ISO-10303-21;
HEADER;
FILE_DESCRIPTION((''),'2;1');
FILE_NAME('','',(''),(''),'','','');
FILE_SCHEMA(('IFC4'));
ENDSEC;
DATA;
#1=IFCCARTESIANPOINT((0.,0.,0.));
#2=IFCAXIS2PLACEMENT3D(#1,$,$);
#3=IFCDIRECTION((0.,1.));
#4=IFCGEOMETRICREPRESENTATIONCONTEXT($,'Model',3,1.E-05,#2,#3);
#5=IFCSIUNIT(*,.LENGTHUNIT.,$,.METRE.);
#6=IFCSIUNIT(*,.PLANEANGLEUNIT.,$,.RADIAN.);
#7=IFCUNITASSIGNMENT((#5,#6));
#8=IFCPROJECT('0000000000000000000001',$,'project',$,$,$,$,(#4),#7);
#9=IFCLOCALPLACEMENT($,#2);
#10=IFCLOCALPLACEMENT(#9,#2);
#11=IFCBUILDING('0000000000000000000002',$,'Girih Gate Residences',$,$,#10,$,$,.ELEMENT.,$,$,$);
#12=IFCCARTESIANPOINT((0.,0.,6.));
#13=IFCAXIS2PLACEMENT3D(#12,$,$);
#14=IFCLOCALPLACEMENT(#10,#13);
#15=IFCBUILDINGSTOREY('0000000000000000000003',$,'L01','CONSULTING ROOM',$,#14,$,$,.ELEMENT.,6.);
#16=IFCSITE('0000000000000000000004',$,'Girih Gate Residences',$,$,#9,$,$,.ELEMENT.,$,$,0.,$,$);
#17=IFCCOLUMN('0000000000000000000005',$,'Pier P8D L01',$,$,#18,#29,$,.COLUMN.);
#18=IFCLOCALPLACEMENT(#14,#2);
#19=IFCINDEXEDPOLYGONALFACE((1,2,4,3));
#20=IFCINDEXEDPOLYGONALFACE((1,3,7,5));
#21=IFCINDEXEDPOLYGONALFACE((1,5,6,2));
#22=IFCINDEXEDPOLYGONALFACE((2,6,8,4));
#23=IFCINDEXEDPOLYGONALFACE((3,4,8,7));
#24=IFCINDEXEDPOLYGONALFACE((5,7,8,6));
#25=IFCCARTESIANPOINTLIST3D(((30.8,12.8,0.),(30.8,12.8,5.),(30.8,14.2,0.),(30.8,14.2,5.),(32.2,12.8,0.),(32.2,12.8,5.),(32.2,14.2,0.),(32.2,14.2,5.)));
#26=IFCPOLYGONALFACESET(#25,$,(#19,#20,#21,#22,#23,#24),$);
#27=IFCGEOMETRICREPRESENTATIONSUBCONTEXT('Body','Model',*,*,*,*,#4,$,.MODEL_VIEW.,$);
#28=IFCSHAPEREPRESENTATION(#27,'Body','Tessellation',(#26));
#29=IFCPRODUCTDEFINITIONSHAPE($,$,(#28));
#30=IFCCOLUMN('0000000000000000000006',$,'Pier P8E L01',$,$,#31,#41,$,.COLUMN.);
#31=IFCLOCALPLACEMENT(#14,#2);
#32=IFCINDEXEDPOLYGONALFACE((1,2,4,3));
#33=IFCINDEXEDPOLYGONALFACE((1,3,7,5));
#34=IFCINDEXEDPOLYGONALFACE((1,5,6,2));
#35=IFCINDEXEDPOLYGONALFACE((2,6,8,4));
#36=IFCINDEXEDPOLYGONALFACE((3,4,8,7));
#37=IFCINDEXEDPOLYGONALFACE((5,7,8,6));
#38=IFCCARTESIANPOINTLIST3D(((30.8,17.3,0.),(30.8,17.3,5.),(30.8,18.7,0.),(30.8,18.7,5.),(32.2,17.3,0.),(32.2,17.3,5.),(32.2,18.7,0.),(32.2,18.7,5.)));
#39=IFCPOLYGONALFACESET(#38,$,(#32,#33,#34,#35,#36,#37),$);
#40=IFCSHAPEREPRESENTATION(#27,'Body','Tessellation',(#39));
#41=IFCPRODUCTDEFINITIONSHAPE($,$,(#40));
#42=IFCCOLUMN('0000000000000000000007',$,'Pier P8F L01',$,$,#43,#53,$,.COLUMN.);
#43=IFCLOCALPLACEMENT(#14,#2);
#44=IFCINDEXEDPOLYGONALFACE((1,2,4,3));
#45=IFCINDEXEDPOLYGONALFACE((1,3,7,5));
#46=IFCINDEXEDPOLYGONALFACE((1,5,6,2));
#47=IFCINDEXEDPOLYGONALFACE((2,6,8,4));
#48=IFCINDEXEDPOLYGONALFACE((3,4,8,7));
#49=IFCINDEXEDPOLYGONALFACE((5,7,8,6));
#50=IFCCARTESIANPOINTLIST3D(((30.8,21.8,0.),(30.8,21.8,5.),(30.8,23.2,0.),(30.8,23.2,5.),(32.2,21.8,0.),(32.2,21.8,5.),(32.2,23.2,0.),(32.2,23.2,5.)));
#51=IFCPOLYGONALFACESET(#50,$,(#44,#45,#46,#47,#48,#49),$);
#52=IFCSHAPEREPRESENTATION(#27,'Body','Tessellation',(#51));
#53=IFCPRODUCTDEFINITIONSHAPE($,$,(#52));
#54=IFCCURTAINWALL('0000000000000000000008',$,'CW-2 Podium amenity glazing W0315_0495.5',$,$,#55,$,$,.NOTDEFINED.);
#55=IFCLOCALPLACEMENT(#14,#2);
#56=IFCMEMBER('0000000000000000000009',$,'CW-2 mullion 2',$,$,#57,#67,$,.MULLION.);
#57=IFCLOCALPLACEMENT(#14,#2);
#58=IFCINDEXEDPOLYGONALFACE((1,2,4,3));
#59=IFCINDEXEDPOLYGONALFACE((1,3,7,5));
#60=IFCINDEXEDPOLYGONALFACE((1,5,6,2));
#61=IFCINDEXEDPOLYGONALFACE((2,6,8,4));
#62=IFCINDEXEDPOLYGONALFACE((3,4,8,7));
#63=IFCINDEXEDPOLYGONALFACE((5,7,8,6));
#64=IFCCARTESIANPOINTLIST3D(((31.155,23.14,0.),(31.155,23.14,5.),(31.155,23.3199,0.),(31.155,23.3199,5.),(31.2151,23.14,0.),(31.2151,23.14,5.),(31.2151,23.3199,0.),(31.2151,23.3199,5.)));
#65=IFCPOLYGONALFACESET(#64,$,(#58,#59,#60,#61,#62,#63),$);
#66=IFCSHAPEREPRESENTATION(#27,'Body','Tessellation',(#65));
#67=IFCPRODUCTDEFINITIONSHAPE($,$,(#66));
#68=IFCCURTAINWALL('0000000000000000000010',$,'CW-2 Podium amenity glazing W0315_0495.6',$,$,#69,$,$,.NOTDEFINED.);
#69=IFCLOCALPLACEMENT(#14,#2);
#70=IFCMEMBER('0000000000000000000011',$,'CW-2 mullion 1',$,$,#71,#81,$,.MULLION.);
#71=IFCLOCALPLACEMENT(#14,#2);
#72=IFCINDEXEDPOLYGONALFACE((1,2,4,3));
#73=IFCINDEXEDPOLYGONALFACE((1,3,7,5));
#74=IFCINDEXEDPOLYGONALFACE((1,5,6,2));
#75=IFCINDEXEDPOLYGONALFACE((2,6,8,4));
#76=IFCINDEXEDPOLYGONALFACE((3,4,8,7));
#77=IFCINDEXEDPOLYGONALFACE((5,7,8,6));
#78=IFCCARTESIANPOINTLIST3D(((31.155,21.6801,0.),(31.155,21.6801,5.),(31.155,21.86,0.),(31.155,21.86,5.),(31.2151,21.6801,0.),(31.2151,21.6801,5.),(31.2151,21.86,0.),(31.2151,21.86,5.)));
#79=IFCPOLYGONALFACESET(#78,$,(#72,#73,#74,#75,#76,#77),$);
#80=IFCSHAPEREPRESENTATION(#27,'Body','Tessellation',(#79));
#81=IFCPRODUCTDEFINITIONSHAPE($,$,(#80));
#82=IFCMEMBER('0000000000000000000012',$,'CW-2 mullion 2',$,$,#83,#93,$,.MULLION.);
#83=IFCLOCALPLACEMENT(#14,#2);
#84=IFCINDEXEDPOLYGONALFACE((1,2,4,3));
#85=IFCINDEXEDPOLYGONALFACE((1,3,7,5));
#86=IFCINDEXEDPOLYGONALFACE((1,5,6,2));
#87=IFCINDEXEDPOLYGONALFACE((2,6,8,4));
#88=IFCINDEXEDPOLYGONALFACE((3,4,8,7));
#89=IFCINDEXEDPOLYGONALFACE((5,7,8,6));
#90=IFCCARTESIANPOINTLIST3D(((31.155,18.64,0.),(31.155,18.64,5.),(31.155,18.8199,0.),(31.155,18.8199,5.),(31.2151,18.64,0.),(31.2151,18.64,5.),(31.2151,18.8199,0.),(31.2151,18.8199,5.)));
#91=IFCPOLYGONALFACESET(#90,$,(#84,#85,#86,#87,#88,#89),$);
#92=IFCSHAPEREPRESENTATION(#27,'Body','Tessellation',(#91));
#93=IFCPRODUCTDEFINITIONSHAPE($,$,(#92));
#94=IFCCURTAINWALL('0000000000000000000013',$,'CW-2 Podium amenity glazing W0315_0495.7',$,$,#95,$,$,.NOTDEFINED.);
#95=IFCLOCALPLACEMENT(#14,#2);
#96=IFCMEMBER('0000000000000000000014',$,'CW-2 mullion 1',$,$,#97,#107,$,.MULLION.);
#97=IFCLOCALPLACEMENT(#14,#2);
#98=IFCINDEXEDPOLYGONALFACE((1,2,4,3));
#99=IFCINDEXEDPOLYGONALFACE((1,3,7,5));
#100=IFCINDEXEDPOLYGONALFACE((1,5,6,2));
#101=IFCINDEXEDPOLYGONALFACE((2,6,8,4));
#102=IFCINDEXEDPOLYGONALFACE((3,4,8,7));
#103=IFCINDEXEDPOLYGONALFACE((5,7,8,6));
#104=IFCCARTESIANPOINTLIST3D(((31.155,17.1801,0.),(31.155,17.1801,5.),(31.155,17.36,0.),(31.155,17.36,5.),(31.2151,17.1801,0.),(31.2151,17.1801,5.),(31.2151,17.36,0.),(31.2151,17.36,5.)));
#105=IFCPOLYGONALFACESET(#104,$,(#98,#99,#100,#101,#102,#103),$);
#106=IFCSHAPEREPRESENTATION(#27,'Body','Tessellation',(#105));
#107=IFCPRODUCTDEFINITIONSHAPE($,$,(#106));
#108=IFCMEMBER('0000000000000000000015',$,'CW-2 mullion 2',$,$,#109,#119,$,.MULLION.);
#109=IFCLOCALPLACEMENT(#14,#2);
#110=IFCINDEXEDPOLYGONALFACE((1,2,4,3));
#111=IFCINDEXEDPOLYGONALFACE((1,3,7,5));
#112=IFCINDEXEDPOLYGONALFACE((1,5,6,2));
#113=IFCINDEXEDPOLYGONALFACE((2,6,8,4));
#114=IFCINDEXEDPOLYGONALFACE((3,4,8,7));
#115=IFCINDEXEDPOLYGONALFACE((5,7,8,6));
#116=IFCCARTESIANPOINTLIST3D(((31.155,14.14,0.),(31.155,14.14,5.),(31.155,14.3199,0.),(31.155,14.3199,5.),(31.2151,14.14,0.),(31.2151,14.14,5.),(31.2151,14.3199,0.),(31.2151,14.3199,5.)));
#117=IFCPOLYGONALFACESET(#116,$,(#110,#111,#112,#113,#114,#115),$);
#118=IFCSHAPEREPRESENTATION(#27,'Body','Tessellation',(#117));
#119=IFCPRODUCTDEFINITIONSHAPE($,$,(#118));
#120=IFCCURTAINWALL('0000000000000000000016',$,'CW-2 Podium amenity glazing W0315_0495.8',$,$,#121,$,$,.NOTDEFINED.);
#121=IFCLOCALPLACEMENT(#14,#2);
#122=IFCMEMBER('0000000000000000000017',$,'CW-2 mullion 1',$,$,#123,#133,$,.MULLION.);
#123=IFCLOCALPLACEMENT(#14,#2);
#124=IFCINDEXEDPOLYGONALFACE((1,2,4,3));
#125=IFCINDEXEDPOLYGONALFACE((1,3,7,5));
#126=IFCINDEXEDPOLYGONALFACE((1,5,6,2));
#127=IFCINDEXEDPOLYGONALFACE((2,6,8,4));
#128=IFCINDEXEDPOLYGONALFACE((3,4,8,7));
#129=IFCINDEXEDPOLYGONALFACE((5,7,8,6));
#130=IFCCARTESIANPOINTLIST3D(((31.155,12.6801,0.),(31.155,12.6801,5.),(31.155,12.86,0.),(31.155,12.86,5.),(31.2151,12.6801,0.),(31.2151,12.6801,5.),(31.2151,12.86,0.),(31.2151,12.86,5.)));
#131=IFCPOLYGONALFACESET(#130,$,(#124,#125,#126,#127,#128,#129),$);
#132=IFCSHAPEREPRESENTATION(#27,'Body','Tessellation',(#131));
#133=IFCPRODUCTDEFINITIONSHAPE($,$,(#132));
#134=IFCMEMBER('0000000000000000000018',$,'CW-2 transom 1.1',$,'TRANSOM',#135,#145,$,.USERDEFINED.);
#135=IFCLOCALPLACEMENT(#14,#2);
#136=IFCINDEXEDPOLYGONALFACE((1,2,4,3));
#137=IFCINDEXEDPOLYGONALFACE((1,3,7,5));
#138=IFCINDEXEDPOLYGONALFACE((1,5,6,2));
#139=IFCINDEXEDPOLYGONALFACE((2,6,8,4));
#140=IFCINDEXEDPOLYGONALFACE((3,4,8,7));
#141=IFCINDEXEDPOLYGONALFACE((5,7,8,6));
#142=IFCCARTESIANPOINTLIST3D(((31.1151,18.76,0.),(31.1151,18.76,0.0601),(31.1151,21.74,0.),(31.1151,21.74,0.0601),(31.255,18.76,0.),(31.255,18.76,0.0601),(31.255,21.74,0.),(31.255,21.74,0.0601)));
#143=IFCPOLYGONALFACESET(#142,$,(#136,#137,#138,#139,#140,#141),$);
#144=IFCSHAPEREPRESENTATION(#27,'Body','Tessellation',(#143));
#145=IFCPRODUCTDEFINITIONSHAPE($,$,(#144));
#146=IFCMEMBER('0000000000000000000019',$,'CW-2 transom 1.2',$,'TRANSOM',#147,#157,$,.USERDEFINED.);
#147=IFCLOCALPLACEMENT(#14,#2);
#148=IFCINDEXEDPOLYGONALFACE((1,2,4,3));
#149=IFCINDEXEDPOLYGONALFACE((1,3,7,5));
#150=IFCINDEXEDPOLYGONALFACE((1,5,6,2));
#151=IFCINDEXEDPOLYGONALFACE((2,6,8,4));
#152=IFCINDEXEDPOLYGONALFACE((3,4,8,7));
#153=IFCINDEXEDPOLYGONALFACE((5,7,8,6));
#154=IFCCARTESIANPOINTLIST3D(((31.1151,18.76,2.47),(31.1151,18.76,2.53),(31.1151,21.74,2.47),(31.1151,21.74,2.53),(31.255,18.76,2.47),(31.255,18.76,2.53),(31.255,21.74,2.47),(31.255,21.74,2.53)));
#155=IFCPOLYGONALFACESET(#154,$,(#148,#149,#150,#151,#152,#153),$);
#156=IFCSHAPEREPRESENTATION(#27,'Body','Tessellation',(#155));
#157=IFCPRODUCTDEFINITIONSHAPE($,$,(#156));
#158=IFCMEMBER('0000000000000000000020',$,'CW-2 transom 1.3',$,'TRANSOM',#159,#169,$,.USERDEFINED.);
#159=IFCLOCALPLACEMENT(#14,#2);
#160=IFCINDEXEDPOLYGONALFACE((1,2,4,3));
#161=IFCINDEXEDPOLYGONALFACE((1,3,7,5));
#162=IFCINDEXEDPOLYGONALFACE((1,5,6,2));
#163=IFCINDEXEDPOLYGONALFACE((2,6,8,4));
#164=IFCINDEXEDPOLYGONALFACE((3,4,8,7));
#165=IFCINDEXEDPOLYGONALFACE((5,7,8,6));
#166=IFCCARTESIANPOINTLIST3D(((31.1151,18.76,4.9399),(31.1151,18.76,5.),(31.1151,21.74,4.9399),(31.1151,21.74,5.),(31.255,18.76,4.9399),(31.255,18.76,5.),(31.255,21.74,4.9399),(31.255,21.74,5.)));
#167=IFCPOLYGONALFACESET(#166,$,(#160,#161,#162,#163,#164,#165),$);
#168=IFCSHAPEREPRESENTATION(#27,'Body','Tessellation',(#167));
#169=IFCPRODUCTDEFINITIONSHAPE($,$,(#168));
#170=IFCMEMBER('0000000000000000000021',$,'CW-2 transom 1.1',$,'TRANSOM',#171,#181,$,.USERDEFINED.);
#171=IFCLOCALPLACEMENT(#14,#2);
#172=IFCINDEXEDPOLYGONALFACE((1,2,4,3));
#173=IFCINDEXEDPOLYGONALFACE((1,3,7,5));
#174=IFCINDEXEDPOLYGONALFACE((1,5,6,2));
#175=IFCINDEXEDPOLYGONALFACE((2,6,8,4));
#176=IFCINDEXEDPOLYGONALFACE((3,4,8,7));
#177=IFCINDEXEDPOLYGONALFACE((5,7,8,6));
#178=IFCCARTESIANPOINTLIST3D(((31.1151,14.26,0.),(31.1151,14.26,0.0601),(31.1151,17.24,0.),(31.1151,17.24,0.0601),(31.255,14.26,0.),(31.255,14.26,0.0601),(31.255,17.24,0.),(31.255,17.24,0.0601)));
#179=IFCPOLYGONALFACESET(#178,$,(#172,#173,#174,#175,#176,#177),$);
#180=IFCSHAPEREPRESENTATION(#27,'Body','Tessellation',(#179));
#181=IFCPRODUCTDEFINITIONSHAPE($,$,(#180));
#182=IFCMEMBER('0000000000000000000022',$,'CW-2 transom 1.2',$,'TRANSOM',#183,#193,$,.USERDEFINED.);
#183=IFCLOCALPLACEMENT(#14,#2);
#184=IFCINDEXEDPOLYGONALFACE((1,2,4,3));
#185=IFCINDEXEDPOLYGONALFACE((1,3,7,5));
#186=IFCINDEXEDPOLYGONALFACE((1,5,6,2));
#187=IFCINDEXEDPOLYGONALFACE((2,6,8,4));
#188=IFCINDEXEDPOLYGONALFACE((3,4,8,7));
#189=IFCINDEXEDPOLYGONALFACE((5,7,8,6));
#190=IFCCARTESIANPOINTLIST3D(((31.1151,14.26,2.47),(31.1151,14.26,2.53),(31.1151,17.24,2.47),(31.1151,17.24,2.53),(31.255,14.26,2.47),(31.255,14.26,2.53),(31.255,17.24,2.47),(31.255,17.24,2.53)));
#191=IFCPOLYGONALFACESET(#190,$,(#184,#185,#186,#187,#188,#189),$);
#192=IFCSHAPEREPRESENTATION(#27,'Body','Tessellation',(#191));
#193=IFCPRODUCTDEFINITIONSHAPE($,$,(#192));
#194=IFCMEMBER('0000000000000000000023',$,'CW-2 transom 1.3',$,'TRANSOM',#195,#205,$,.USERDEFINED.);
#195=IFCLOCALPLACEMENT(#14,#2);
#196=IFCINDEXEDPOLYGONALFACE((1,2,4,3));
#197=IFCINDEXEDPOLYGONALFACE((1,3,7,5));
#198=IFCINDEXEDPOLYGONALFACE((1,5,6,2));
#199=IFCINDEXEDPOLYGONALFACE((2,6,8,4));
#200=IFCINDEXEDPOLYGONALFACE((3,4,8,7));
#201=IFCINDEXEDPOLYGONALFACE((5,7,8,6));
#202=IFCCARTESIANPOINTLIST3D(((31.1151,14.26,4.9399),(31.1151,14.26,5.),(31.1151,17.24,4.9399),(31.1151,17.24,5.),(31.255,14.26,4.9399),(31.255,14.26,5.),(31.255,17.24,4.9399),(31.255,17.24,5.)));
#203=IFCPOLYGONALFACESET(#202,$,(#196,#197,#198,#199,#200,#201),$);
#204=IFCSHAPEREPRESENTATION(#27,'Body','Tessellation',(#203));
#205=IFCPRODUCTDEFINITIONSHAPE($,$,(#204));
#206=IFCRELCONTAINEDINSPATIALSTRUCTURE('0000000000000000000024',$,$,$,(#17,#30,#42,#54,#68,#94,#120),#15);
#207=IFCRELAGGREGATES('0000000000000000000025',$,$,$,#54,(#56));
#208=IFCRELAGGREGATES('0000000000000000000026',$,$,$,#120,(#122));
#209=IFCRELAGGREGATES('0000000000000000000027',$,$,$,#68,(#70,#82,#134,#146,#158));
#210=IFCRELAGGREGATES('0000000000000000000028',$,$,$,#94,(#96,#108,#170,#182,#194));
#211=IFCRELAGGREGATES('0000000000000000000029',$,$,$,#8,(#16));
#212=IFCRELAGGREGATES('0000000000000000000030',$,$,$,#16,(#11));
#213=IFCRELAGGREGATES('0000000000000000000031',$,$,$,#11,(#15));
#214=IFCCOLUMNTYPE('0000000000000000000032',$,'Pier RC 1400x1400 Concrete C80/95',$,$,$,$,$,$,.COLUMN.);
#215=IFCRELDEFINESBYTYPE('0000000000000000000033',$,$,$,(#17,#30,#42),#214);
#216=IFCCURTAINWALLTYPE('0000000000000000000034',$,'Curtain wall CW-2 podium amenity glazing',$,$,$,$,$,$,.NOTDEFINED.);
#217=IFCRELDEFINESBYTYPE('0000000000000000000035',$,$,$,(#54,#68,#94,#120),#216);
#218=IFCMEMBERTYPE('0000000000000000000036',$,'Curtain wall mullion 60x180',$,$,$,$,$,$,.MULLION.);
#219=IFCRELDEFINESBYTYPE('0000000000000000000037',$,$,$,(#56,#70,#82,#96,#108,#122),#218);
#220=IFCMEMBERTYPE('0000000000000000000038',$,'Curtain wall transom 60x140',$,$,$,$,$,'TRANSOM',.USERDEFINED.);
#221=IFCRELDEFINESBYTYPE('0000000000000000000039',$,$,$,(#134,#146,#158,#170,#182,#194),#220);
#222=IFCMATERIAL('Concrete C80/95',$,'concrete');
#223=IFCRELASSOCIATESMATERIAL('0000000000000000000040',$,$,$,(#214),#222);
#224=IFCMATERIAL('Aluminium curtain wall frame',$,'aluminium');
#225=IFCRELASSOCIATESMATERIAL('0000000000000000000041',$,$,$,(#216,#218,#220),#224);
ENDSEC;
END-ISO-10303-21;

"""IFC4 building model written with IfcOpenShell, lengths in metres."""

from ifc_helpers import new_model, si_unit, direction, frame, origin, origin_2d, place, context, subcontext, project, spatial, rectangle, extrude, material, material_profile, profile_set, type_object, element, aggregate, save


model = new_model("IFC4")

# Units and contexts
model_context = context("Model", 3, precision=1e-05, world=origin(), true_north=direction((0.0, 1.0)))
body_context = subcontext(model_context, "Body", "Model", "MODEL_VIEW")
ifc_project = project(units=[si_unit("LENGTHUNIT", "METRE"), si_unit("PLANEANGLEUNIT", "RADIAN")], contexts=[model_context])

# Site, building, storey
site_placement = place(None, origin())
site = spatial("IfcSite", under=ifc_project, at=site_placement, Name="Girih Gate Residences", CompositionType="ELEMENT", RefElevation=0.0)
building_placement = place(site_placement, origin())
building = spatial("IfcBuilding", under=site, at=building_placement, Name="Girih Gate Residences", CompositionType="ELEMENT")
storey_placement = place(building_placement, frame((0.0, 0.0, 6.0)))
storey = spatial("IfcBuildingStorey", under=building, at=storey_placement, Name="L01", Description="CONSULTING ROOM", CompositionType="ELEMENT", Elevation=6.0)

# Columns
ifc_material_1 = material(Name="Concrete C80/95", Category="concrete")
ifc_material_profile_1 = material_profile(ifc_material_1, rectangle(XDim=1.3999, YDim=1.3999, at=origin_2d()))
ifc_profile_set_1 = profile_set([ifc_material_profile_1], Name="Concrete C80/95")
column_type = type_object("IfcColumnType", Name="Pier RC 1400x1400 Concrete C80/95", PredefinedType="COLUMN", material=ifc_profile_set_1)
for number, where, z_axis, x_axis, name in (
    (1, (31.5, 13.5, 0.0), (0.0, 0.0, 1.0), (1.0, 0.0, 0.0), "Pier P8D L01"),
    (2, (31.5, 18.0, 0.0), (0.0, 0.0, 1.0), (1.0, 0.0, 0.0), "Pier P8E L01"),
    (3, (31.5, 22.5, 0.0), (0.0, 0.0, 1.0), (1.0, 0.0, 0.0), "Pier P8F L01"),
):
    element("IfcColumn", number, at=place(storey_placement, frame(where, z_axis=z_axis, x_axis=x_axis)), inside=storey, type_object=column_type, Name=name, PredefinedType="COLUMN", context=body_context, shape_type="SweptSolid", body=[
        extrude(rectangle(XDim=1.3999, YDim=1.3999, at=origin_2d()), origin(), (0.0, 0.0, 1.0), 5.0),
    ])

# Curtain wall, member
ifc_material_2 = material(Name="Aluminium curtain wall frame", Category="aluminium")
curtain_wall_type = type_object("IfcCurtainWallType", Name="Curtain wall CW-2 podium amenity glazing", PredefinedType="NOTDEFINED", material=ifc_material_2)
curtain_wall_1_placement = place(storey_placement, origin())
curtain_wall_1 = element("IfcCurtainWall", 4, at=curtain_wall_1_placement, inside=storey, type_object=curtain_wall_type, Name="CW-2 Podium amenity glazing W0315_0495.5", PredefinedType="NOTDEFINED")
ifc_material_profile_2 = material_profile(ifc_material_2, rectangle(XDim=0.0601, YDim=0.1799, at=origin_2d()))
ifc_profile_set_2 = profile_set([ifc_material_profile_2], Name="Aluminium curtain wall frame")
member_type_1 = type_object("IfcMemberType", Name="Curtain wall mullion 60x180", PredefinedType="MULLION", material=ifc_profile_set_2)
member_1_placement = place(storey_placement, frame((31.1851, 23.23, 0.0), z_axis=(0.0, 0.0, 1.0), x_axis=(1.0, 0.0, 0.0)))
member_1 = element("IfcMember", 5, at=member_1_placement, type_object=member_type_1, Name="CW-2 mullion 2", PredefinedType="MULLION", context=body_context, shape_type="SweptSolid", body=[
    extrude(rectangle(XDim=0.0601, YDim=0.1799, at=origin_2d()), origin(), (0.0, 0.0, 1.0), 5.0),
])
aggregate(curtain_wall_1, [member_1])

# Curtain walls, members
curtain_wall_2_placement = place(storey_placement, origin())
curtain_wall_2 = element("IfcCurtainWall", 6, at=curtain_wall_2_placement, inside=storey, type_object=curtain_wall_type, Name="CW-2 Podium amenity glazing W0315_0495.6", PredefinedType="NOTDEFINED")
member_2_placement = place(storey_placement, frame((31.1851, 21.77, 0.0), z_axis=(0.0, 0.0, 1.0), x_axis=(1.0, 0.0, 0.0)))
member_2 = element("IfcMember", 7, at=member_2_placement, type_object=member_type_1, Name="CW-2 mullion 1", PredefinedType="MULLION", context=body_context, shape_type="SweptSolid", body=[
    extrude(rectangle(XDim=0.0601, YDim=0.1799, at=origin_2d()), origin(), (0.0, 0.0, 1.0), 5.0),
])
member_3_placement = place(storey_placement, frame((31.1851, 18.73, 0.0), z_axis=(0.0, 0.0, 1.0), x_axis=(1.0, 0.0, 0.0)))
member_3 = element("IfcMember", 8, at=member_3_placement, type_object=member_type_1, Name="CW-2 mullion 2", PredefinedType="MULLION", context=body_context, shape_type="SweptSolid", body=[
    extrude(rectangle(XDim=0.0601, YDim=0.1799, at=origin_2d()), origin(), (0.0, 0.0, 1.0), 5.0),
])
curtain_wall_3_placement = place(storey_placement, origin())
curtain_wall_3 = element("IfcCurtainWall", 9, at=curtain_wall_3_placement, inside=storey, type_object=curtain_wall_type, Name="CW-2 Podium amenity glazing W0315_0495.7", PredefinedType="NOTDEFINED")
member_4_placement = place(storey_placement, frame((31.1851, 17.27, 0.0), z_axis=(0.0, 0.0, 1.0), x_axis=(1.0, 0.0, 0.0)))
member_4 = element("IfcMember", 10, at=member_4_placement, type_object=member_type_1, Name="CW-2 mullion 1", PredefinedType="MULLION", context=body_context, shape_type="SweptSolid", body=[
    extrude(rectangle(XDim=0.0601, YDim=0.1799, at=origin_2d()), origin(), (0.0, 0.0, 1.0), 5.0),
])
member_5_placement = place(storey_placement, frame((31.1851, 14.23, 0.0), z_axis=(0.0, 0.0, 1.0), x_axis=(1.0, 0.0, 0.0)))
member_5 = element("IfcMember", 11, at=member_5_placement, type_object=member_type_1, Name="CW-2 mullion 2", PredefinedType="MULLION", context=body_context, shape_type="SweptSolid", body=[
    extrude(rectangle(XDim=0.0601, YDim=0.1799, at=origin_2d()), origin(), (0.0, 0.0, 1.0), 5.0),
])

# Curtain wall, member
curtain_wall_4_placement = place(storey_placement, origin())
curtain_wall_4 = element("IfcCurtainWall", 12, at=curtain_wall_4_placement, inside=storey, type_object=curtain_wall_type, Name="CW-2 Podium amenity glazing W0315_0495.8", PredefinedType="NOTDEFINED")
member_6_placement = place(storey_placement, frame((31.1851, 12.77, 0.0), z_axis=(0.0, 0.0, 1.0), x_axis=(1.0, 0.0, 0.0)))
member_6 = element("IfcMember", 13, at=member_6_placement, type_object=member_type_1, Name="CW-2 mullion 1", PredefinedType="MULLION", context=body_context, shape_type="SweptSolid", body=[
    extrude(rectangle(XDim=0.0601, YDim=0.1799, at=origin_2d()), origin(), (0.0, 0.0, 1.0), 5.0),
])

# Members
ifc_material_profile_3 = material_profile(ifc_material_2, rectangle(XDim=0.1399, YDim=0.0601, at=origin_2d()))
ifc_profile_set_3 = profile_set([ifc_material_profile_3], Name="Aluminium curtain wall frame")
member_type_2 = type_object("IfcMemberType", Name="Curtain wall transom 60x140", ElementType="TRANSOM", PredefinedType="USERDEFINED", material=ifc_profile_set_3)
member_7_placement = place(storey_placement, frame((31.1851, 21.74, 0.03), z_axis=(0.0, -1.0, 0.0), x_axis=(1.0, 0.0, 0.0)))
member_7 = element("IfcMember", 14, at=member_7_placement, type_object=member_type_2, Name="CW-2 transom 1.1", ObjectType="TRANSOM", PredefinedType="USERDEFINED", context=body_context, shape_type="SweptSolid", body=[
    extrude(rectangle(XDim=0.1399, YDim=0.0601, at=origin_2d()), origin(), (0.0, 0.0, 1.0), 2.98),
])
member_8_placement = place(storey_placement, frame((31.1851, 21.74, 2.5), z_axis=(0.0, -1.0, 0.0), x_axis=(1.0, 0.0, 0.0)))
member_8 = element("IfcMember", 15, at=member_8_placement, type_object=member_type_2, Name="CW-2 transom 1.2", ObjectType="TRANSOM", PredefinedType="USERDEFINED", context=body_context, shape_type="SweptSolid", body=[
    extrude(rectangle(XDim=0.1399, YDim=0.0601, at=origin_2d()), origin(), (0.0, 0.0, 1.0), 2.98),
])
member_9_placement = place(storey_placement, frame((31.1851, 21.74, 4.97), z_axis=(0.0, -1.0, 0.0), x_axis=(1.0, 0.0, 0.0)))
member_9 = element("IfcMember", 16, at=member_9_placement, type_object=member_type_2, Name="CW-2 transom 1.3", ObjectType="TRANSOM", PredefinedType="USERDEFINED", context=body_context, shape_type="SweptSolid", body=[
    extrude(rectangle(XDim=0.1399, YDim=0.0601, at=origin_2d()), origin(), (0.0, 0.0, 1.0), 2.98),
])
member_10_placement = place(storey_placement, frame((31.1851, 17.24, 0.03), z_axis=(0.0, -1.0, 0.0), x_axis=(1.0, 0.0, 0.0)))
member_10 = element("IfcMember", 17, at=member_10_placement, type_object=member_type_2, Name="CW-2 transom 1.1", ObjectType="TRANSOM", PredefinedType="USERDEFINED", context=body_context, shape_type="SweptSolid", body=[
    extrude(rectangle(XDim=0.1399, YDim=0.0601, at=origin_2d()), origin(), (0.0, 0.0, 1.0), 2.98),
])
member_11_placement = place(storey_placement, frame((31.1851, 17.24, 2.5), z_axis=(0.0, -1.0, 0.0), x_axis=(1.0, 0.0, 0.0)))
member_11 = element("IfcMember", 18, at=member_11_placement, type_object=member_type_2, Name="CW-2 transom 1.2", ObjectType="TRANSOM", PredefinedType="USERDEFINED", context=body_context, shape_type="SweptSolid", body=[
    extrude(rectangle(XDim=0.1399, YDim=0.0601, at=origin_2d()), origin(), (0.0, 0.0, 1.0), 2.98),
])
member_12_placement = place(storey_placement, frame((31.1851, 17.24, 4.97), z_axis=(0.0, -1.0, 0.0), x_axis=(1.0, 0.0, 0.0)))
member_12 = element("IfcMember", 19, at=member_12_placement, type_object=member_type_2, Name="CW-2 transom 1.3", ObjectType="TRANSOM", PredefinedType="USERDEFINED", context=body_context, shape_type="SweptSolid", body=[
    extrude(rectangle(XDim=0.1399, YDim=0.0601, at=origin_2d()), origin(), (0.0, 0.0, 1.0), 2.98),
])
aggregate(curtain_wall_4, [member_6])

aggregate(curtain_wall_2, [member_2, member_3, member_7, member_8, member_9])
aggregate(curtain_wall_3, [member_4, member_5, member_10, member_11, member_12])

save(model, "model.ifc")
